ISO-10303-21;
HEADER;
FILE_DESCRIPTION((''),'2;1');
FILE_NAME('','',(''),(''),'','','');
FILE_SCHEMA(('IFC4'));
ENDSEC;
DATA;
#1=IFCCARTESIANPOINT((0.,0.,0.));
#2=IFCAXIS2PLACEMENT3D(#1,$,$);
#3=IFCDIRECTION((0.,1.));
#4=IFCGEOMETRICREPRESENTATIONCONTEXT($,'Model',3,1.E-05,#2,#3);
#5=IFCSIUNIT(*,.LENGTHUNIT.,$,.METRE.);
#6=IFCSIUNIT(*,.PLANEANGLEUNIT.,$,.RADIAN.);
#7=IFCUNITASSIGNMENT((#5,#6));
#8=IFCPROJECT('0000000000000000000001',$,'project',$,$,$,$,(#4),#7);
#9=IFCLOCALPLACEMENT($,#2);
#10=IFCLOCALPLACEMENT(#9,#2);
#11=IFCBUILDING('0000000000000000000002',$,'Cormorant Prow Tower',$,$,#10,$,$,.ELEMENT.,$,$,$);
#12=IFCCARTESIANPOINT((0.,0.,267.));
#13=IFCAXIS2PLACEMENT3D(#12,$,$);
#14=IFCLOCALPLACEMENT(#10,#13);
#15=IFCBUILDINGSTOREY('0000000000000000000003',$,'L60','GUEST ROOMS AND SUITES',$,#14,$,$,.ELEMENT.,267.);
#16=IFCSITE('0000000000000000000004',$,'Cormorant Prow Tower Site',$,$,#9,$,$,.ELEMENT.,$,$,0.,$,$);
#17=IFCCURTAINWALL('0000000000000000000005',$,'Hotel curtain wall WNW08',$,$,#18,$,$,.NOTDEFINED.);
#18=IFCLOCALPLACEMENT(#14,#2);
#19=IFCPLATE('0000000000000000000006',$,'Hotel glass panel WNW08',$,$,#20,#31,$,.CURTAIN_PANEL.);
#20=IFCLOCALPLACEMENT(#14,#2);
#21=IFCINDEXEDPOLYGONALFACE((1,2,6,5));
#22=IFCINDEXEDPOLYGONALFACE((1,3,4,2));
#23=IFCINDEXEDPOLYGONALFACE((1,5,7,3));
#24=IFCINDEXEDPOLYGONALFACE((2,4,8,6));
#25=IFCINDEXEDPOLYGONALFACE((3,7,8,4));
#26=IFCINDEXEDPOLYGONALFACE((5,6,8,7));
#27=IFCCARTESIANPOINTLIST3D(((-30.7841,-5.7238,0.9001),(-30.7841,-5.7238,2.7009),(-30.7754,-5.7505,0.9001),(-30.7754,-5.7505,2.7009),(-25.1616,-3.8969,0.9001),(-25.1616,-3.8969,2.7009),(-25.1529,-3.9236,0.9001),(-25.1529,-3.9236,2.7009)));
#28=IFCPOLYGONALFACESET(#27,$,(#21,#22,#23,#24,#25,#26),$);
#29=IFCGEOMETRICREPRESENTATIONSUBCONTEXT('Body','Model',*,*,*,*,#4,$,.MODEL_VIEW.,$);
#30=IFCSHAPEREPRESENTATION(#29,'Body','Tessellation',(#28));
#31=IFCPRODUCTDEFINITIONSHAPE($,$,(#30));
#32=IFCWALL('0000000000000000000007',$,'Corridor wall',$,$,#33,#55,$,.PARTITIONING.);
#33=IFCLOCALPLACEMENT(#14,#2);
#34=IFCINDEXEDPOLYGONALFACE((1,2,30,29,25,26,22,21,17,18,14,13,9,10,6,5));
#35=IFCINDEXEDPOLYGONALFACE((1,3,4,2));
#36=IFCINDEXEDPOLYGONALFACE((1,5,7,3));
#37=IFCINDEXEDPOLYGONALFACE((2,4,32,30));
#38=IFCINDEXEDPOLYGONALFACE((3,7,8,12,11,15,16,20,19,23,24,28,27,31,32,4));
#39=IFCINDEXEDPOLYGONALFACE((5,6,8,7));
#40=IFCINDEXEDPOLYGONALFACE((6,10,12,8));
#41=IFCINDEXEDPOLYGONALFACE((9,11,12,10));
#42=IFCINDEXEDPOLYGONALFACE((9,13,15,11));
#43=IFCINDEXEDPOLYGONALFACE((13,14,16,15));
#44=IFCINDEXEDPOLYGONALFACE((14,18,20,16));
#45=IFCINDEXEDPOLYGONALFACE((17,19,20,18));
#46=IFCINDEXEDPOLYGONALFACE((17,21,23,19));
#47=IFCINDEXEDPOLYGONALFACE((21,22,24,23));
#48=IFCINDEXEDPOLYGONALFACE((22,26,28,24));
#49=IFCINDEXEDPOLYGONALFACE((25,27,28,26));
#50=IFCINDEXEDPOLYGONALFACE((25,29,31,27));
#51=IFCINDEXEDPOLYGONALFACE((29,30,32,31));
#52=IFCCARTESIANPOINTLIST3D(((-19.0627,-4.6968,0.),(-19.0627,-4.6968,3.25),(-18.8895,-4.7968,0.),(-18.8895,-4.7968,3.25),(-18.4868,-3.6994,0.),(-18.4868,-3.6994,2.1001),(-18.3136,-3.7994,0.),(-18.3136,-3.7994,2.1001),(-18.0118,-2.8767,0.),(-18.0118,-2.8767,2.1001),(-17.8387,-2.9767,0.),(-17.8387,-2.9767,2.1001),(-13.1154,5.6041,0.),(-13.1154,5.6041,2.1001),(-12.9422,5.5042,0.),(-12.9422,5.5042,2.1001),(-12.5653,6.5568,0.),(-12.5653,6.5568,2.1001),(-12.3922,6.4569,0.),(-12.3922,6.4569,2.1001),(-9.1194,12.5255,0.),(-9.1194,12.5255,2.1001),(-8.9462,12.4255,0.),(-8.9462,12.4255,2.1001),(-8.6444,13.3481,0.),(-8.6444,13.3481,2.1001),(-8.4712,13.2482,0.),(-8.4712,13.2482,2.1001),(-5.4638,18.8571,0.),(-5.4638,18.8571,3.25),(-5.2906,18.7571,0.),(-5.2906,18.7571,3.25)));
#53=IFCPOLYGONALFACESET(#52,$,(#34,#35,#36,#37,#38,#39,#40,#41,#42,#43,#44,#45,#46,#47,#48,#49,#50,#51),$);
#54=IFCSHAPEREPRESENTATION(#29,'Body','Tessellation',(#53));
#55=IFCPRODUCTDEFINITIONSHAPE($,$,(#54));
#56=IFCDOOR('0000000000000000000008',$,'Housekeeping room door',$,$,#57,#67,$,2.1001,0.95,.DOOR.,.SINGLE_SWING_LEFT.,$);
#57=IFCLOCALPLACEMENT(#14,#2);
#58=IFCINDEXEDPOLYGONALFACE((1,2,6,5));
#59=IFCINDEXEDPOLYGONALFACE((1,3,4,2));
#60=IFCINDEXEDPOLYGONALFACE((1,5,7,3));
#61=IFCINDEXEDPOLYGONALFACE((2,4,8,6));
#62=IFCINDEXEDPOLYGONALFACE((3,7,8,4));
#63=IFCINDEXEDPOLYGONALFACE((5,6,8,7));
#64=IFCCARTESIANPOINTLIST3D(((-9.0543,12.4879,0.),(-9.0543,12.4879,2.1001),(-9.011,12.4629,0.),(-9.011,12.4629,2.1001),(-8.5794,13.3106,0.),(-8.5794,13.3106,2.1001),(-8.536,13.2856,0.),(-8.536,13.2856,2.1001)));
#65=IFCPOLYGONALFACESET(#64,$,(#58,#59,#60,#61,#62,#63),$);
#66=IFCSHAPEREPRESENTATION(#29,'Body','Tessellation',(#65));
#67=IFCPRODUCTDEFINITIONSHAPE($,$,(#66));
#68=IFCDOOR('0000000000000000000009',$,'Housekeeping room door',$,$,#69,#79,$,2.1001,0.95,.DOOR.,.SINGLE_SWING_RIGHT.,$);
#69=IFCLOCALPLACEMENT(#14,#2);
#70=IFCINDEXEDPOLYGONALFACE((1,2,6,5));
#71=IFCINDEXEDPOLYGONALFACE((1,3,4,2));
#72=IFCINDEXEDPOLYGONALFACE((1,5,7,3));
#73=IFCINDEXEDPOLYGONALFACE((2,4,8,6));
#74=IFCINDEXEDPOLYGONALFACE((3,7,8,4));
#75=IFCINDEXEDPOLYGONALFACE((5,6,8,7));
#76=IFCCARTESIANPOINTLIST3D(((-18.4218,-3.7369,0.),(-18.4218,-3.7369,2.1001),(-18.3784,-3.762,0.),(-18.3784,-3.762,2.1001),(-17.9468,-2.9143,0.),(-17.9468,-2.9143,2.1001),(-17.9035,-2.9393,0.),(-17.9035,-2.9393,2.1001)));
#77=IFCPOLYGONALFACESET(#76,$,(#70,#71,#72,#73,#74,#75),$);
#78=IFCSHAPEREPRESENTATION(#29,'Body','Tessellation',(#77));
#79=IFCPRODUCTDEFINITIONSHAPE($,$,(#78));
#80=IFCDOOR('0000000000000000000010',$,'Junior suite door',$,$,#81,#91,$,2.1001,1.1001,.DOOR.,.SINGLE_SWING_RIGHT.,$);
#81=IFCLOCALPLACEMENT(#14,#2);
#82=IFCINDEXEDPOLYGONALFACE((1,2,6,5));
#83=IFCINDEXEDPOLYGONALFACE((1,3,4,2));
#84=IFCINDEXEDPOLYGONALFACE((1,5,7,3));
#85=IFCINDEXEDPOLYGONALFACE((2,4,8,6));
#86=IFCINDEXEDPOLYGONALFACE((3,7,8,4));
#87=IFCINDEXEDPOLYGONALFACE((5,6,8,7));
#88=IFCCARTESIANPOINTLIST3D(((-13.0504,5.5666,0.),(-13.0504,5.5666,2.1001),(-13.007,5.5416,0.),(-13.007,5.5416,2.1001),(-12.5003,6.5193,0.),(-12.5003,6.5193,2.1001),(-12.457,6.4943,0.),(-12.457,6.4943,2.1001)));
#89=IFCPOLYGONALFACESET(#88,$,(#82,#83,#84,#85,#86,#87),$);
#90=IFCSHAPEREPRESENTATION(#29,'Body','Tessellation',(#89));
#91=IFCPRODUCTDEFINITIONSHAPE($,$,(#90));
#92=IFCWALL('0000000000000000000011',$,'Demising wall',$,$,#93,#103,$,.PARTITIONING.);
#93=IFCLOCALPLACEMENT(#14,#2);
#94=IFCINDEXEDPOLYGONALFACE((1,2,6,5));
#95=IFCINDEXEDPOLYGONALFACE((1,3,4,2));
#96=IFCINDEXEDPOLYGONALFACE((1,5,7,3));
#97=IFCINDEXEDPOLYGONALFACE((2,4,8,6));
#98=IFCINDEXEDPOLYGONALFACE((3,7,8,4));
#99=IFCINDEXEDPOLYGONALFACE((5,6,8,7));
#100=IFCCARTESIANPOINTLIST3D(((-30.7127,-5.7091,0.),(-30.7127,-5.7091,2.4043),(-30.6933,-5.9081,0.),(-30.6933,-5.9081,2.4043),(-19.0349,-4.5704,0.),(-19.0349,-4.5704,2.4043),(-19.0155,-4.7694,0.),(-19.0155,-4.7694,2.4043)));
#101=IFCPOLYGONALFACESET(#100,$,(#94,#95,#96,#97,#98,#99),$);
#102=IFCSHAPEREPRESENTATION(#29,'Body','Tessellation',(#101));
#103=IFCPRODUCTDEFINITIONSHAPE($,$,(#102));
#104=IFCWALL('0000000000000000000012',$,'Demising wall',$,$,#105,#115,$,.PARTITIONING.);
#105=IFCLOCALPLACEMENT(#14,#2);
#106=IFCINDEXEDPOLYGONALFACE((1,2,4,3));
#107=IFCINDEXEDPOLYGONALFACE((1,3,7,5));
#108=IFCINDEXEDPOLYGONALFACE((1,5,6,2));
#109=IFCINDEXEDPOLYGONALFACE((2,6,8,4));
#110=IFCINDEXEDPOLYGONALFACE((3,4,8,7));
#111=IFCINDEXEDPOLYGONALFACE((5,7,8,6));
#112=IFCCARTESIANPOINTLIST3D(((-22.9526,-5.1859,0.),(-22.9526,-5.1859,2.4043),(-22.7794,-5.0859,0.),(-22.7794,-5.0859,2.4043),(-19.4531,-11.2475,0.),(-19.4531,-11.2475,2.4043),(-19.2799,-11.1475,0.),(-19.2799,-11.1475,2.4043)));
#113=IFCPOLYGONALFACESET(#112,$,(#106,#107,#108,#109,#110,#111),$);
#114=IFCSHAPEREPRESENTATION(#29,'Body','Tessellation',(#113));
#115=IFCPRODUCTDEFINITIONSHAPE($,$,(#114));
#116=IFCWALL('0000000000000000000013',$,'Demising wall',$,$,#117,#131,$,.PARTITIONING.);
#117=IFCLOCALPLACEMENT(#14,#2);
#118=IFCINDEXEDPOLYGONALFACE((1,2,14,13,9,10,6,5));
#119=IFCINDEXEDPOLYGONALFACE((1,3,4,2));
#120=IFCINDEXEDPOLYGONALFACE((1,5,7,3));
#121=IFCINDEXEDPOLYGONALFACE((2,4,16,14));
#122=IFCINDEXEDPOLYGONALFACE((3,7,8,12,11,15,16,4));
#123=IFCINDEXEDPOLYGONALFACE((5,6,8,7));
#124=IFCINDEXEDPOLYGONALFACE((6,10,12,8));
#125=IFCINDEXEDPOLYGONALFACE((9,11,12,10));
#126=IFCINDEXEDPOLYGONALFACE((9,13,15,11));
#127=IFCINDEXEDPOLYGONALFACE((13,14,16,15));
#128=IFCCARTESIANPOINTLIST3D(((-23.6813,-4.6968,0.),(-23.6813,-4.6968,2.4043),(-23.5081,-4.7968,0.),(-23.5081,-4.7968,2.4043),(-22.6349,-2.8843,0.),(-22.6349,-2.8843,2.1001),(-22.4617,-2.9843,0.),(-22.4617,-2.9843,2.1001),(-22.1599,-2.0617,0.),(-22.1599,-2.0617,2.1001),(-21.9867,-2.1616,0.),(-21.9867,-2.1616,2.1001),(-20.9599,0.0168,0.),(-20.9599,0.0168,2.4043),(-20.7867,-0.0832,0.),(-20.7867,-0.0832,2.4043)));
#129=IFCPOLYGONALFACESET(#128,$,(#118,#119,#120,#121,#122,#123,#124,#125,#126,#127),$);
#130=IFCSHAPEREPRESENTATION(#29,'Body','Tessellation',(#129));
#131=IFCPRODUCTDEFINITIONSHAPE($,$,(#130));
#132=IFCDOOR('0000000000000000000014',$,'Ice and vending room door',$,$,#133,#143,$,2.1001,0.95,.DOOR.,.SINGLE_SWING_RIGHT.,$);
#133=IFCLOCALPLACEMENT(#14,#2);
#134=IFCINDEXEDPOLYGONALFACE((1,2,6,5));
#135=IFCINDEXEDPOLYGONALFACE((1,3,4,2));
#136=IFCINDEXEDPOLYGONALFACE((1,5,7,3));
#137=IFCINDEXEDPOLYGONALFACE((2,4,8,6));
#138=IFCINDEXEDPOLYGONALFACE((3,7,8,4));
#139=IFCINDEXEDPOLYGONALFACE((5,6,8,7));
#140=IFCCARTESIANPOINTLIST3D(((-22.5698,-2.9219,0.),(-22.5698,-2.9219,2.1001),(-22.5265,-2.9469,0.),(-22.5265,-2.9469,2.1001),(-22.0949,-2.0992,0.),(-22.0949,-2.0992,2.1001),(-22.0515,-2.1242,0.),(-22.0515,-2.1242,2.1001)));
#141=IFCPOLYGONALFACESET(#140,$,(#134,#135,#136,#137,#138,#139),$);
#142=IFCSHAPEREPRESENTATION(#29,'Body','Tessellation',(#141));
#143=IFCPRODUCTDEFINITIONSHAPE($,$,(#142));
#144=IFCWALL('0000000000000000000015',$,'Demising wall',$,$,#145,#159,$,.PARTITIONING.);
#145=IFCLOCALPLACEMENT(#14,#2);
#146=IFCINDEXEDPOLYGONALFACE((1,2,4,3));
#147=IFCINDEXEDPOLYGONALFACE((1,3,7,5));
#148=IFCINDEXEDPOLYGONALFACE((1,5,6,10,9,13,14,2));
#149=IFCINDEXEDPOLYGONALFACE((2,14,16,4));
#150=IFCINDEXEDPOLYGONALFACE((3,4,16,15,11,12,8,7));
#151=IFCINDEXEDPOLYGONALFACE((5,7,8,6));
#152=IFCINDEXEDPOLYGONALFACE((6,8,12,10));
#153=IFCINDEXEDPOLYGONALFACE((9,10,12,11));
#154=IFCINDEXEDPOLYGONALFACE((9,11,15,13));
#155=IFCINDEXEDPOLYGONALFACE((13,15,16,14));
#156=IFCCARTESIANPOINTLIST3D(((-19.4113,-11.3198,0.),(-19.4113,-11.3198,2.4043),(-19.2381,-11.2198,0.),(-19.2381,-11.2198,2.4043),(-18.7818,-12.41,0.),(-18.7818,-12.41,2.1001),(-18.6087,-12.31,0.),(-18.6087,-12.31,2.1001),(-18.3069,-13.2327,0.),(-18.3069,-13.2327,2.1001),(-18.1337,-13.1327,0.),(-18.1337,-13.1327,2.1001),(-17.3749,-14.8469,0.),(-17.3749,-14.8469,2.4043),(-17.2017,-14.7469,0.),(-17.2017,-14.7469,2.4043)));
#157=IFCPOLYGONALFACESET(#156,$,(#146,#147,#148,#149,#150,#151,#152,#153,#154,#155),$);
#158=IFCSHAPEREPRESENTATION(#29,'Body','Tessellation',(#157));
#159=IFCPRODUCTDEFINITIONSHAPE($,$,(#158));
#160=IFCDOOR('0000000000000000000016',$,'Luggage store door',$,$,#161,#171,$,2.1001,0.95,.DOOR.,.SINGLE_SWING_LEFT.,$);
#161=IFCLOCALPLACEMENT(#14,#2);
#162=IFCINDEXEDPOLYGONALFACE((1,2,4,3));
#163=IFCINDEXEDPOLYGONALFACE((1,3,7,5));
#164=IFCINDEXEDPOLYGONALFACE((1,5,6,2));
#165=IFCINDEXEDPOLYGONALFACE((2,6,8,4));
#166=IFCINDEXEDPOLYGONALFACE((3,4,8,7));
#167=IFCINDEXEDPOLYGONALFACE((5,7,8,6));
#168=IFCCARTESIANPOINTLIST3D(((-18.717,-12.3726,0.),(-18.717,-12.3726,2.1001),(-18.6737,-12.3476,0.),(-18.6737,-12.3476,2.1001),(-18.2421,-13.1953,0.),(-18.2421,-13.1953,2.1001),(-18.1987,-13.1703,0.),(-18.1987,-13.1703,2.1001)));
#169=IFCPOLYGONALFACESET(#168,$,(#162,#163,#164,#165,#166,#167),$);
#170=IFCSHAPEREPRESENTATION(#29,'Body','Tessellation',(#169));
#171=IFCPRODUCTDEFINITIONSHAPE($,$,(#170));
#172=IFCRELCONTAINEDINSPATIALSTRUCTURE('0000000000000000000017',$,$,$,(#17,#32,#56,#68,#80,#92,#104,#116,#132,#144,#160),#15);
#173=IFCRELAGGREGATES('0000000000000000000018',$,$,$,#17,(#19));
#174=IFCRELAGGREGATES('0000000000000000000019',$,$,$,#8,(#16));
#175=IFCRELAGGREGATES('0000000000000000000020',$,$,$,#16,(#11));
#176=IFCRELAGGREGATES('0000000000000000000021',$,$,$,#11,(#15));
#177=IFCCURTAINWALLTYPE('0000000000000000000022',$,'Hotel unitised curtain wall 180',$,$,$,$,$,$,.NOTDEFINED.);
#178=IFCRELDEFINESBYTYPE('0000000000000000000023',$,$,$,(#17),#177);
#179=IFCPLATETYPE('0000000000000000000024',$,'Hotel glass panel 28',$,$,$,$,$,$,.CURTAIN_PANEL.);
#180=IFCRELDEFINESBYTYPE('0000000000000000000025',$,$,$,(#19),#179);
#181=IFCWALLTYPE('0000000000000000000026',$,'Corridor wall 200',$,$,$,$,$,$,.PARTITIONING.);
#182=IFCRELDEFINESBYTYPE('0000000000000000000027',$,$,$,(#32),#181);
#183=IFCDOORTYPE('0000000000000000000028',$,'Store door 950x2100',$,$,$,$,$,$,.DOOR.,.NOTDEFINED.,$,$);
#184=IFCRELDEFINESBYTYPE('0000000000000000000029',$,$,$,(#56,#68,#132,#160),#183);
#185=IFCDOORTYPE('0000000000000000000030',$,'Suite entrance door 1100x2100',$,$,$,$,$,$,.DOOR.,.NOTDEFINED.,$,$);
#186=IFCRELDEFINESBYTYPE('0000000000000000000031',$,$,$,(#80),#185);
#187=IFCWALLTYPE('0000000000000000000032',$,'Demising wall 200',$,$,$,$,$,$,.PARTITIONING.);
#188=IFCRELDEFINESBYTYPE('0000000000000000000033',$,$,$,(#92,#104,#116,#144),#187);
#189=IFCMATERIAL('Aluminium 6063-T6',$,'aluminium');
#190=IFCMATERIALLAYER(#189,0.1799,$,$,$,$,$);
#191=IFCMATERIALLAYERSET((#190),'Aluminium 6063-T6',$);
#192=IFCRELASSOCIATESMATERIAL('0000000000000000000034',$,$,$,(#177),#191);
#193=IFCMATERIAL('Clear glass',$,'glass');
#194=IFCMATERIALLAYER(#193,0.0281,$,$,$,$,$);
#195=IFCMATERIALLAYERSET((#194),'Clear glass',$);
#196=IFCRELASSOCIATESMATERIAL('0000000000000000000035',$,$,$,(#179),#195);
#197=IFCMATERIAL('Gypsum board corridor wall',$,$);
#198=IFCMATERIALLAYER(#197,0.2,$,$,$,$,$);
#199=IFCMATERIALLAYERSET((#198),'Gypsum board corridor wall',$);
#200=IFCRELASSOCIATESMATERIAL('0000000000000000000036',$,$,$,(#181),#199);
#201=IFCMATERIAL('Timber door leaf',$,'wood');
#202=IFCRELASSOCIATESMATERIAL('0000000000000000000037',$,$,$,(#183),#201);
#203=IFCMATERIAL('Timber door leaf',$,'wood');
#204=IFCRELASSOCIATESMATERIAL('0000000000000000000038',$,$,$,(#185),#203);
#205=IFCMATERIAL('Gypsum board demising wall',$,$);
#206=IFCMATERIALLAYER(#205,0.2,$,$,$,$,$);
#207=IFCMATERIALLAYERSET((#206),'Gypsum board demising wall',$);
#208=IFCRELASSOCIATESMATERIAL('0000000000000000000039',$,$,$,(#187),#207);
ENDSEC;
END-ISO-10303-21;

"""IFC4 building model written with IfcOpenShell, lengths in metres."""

from ifc_helpers import new_model, si_unit, direction, frame, frame_2d, origin, origin_2d, place, context, subcontext, project, spatial, rectangle, extrude, material, layer, layer_set, type_object, element, fill, aggregate, save


model = new_model("IFC4")

# Units and contexts
model_context = context("Model", 3, precision=1e-05, world=origin(), true_north=direction((0.0, 1.0)))
body_context = subcontext(model_context, "Body", "Model", "MODEL_VIEW")
ifc_project = project(units=[si_unit("LENGTHUNIT", "METRE"), si_unit("PLANEANGLEUNIT", "RADIAN")], contexts=[model_context])

# Site, building, storey
site_placement = place(None, origin())
site = spatial("IfcSite", under=ifc_project, at=site_placement, Name="Cormorant Prow Tower Site", CompositionType="ELEMENT", RefElevation=0.0)
building_placement = place(site_placement, origin())
building = spatial("IfcBuilding", under=site, at=building_placement, Name="Cormorant Prow Tower", CompositionType="ELEMENT")
storey_placement = place(building_placement, frame((0.0, 0.0, 267.0)))
storey = spatial("IfcBuildingStorey", under=building, at=storey_placement, Name="L60", Description="GUEST ROOMS AND SUITES", CompositionType="ELEMENT", Elevation=267.0)

# Curtain wall
ifc_material_1 = material(Name="Aluminium 6063-T6", Category="aluminium")
ifc_layer_1 = layer(ifc_material_1, 0.1799)
ifc_layer_set_1 = layer_set([ifc_layer_1], Name="Aluminium 6063-T6")
curtain_wall_type = type_object("IfcCurtainWallType", Name="Hotel unitised curtain wall 180", PredefinedType="NOTDEFINED", material=ifc_layer_set_1)
curtain_wall_placement = place(storey_placement, origin())
curtain_wall = element("IfcCurtainWall", 1, at=curtain_wall_placement, inside=storey, type_object=curtain_wall_type, Name="Hotel curtain wall WNW08", PredefinedType="NOTDEFINED")

# Plate
ifc_material_2 = material(Name="Clear glass", Category="glass")
ifc_layer_2 = layer(ifc_material_2, 0.0281)
ifc_layer_set_2 = layer_set([ifc_layer_2], Name="Clear glass")
plate_type = type_object("IfcPlateType", Name="Hotel glass panel 28", PredefinedType="CURTAIN_PANEL", material=ifc_layer_set_2)
plate_placement = place(storey_placement, frame((-27.9685, -4.8237, 0.9001), z_axis=(0.0, 0.0, 1.0), x_axis=(-0.951057, -0.309017, 0.0)))
plate = element("IfcPlate", 2, at=plate_placement, type_object=plate_type, Name="Hotel glass panel WNW08", PredefinedType="CURTAIN_PANEL", context=body_context, shape_type="SweptSolid", body=[
    extrude(rectangle(XDim=5.9119, YDim=0.0281, at=origin_2d()), origin(), (0.0, 0.0, 1.0), 1.8008),
])
aggregate(curtain_wall, [plate])

# Wall, openings, doors
ifc_material_3 = material(Name="Gypsum board corridor wall")
ifc_layer_3 = layer(ifc_material_3, 0.2)
ifc_layer_set_3 = layer_set([ifc_layer_3], Name="Gypsum board corridor wall")
wall_type_1 = type_object("IfcWallType", Name="Corridor wall 200", PredefinedType="PARTITIONING", material=ifc_layer_set_3)
wall_1_placement = place(storey_placement, frame((-18.9761, -4.7468, 0.0), z_axis=(0.0, 0.0, 1.0), x_axis=(0.5, 0.866025, 0.0)))
wall_1 = element("IfcWall", 3, at=wall_1_placement, inside=storey, type_object=wall_type_1, Name="Corridor wall", PredefinedType="PARTITIONING", context=body_context, shape_type="SweptSolid", body=[
    extrude(rectangle(XDim=27.1978, YDim=0.2, at=frame_2d((13.5989, 0.0))), origin(), (0.0, 0.0, 1.0), 3.25),
])
opening_1_placement = place(wall_1_placement, frame((19.8865, 0.0, 0.0)))
opening_1 = element("IfcOpeningElement", 4, at=opening_1_placement, cuts=wall_1, PredefinedType="OPENING", context=body_context, shape_type="SweptSolid", body=[
    extrude(rectangle(XDim=0.95, YDim=2.1001, at=frame_2d((0.4751, 1.05))), frame((0.0, 0.1099, 0.0), z_axis=(0.0, -1.0, 0.0), x_axis=(1.0, 0.0, 0.0)), (0.0, 0.0, 1.0), 0.22),
])
opening_2_placement = place(wall_1_placement, frame((11.8945, 0.0, 0.0)))
opening_2 = element("IfcOpeningElement", 5, at=opening_2_placement, cuts=wall_1, PredefinedType="OPENING", context=body_context, shape_type="SweptSolid", body=[
    extrude(rectangle(XDim=1.1001, YDim=2.1001, at=frame_2d((0.55, 1.05))), frame((0.0, 0.1099, 0.0), z_axis=(0.0, -1.0, 0.0), x_axis=(1.0, 0.0, 0.0)), (0.0, 0.0, 1.0), 0.22),
])
opening_3_placement = place(wall_1_placement, frame((1.1516, 0.0, 0.0)))
opening_3 = element("IfcOpeningElement", 6, at=opening_3_placement, cuts=wall_1, PredefinedType="OPENING", context=body_context, shape_type="SweptSolid", body=[
    extrude(rectangle(XDim=0.95, YDim=2.1001, at=frame_2d((0.4751, 1.05))), frame((0.0, 0.1099, 0.0), z_axis=(0.0, -1.0, 0.0), x_axis=(1.0, 0.0, 0.0)), (0.0, 0.0, 1.0), 0.22),
])
ifc_material_4 = material(Name="Timber door leaf", Category="wood")
door_type_1 = type_object("IfcDoorType", Name="Store door 950x2100", OperationType="NOTDEFINED", PredefinedType="DOOR", material=ifc_material_4)
door_1_placement = place(opening_1_placement, origin())
door_1 = element("IfcDoor", 7, at=door_1_placement, inside=storey, type_object=door_type_1, Name="Housekeeping room door", OperationType="SINGLE_SWING_LEFT", OverallHeight=2.1001, OverallWidth=0.95, PredefinedType="DOOR", context=body_context, shape_type="SweptSolid", body=[
    extrude(rectangle(XDim=0.95, YDim=2.1001, at=frame_2d((0.4751, 1.05))), frame((0.0, 0.0249, 0.0), z_axis=(0.0, -1.0, 0.0), x_axis=(1.0, 0.0, 0.0)), (0.0, 0.0, 1.0), 0.05),
])
fill(opening_1, door_1)
door_2_placement = place(opening_3_placement, origin())
door_2 = element("IfcDoor", 8, at=door_2_placement, inside=storey, type_object=door_type_1, Name="Housekeeping room door", OperationType="SINGLE_SWING_RIGHT", OverallHeight=2.1001, OverallWidth=0.95, PredefinedType="DOOR", context=body_context, shape_type="SweptSolid", body=[
    extrude(rectangle(XDim=0.95, YDim=2.1001, at=frame_2d((0.4751, 1.05))), frame((0.0, 0.0249, 0.0), z_axis=(0.0, -1.0, 0.0), x_axis=(1.0, 0.0, 0.0)), (0.0, 0.0, 1.0), 0.05),
])
fill(opening_3, door_2)
ifc_material_5 = material(Name="Timber door leaf", Category="wood")
door_type_2 = type_object("IfcDoorType", Name="Suite entrance door 1100x2100", OperationType="NOTDEFINED", PredefinedType="DOOR", material=ifc_material_5)
door_3_placement = place(opening_2_placement, origin())
door_3 = element("IfcDoor", 9, at=door_3_placement, inside=storey, type_object=door_type_2, Name="Junior suite door", OperationType="SINGLE_SWING_RIGHT", OverallHeight=2.1001, OverallWidth=1.1001, PredefinedType="DOOR", context=body_context, shape_type="SweptSolid", body=[
    extrude(rectangle(XDim=1.1001, YDim=2.1001, at=frame_2d((0.55, 1.05))), frame((0.0, 0.0249, 0.0), z_axis=(0.0, -1.0, 0.0), x_axis=(1.0, 0.0, 0.0)), (0.0, 0.0, 1.0), 0.05),
])
fill(opening_2, door_3)

# Walls
ifc_material_6 = material(Name="Gypsum board demising wall")
ifc_layer_4 = layer(ifc_material_6, 0.2)
ifc_layer_set_4 = layer_set([ifc_layer_4], Name="Gypsum board demising wall")
wall_type_2 = type_object("IfcWallType", Name="Demising wall 200", PredefinedType="PARTITIONING", material=ifc_layer_set_4)
wall_2_placement = place(storey_placement, frame((-30.7031, -5.8086, 0.0), z_axis=(0.0, 0.0, 1.0), x_axis=(0.99528, 0.097048, 0.0)))
element("IfcWall", 10, at=wall_2_placement, inside=storey, type_object=wall_type_2, Name="Demising wall", PredefinedType="PARTITIONING", context=body_context, shape_type="SweptSolid", body=[
    extrude(rectangle(XDim=11.7332, YDim=0.2, at=frame_2d((5.8667, 0.0))), origin(), (0.0, 0.0, 1.0), 2.4043),
])
wall_3_placement = place(storey_placement, frame((-22.866, -5.136, 0.0), z_axis=(0.0, 0.0, 1.0), x_axis=(0.499988, -0.866032, 0.0)))
element("IfcWall", 11, at=wall_3_placement, inside=storey, type_object=wall_type_2, Name="Demising wall", PredefinedType="PARTITIONING", context=body_context, shape_type="SweptSolid", body=[
    extrude(rectangle(XDim=6.9993, YDim=0.2, at=frame_2d((3.4995, 0.0))), origin(), (0.0, 0.0, 1.0), 2.4043),
])

# Walls, openings, doors
wall_4_placement = place(storey_placement, frame((-23.5947, -4.7468, 0.0), z_axis=(0.0, 0.0, 1.0), x_axis=(0.500003, 0.866023, 0.0)))
wall_4 = element("IfcWall", 12, at=wall_4_placement, inside=storey, type_object=wall_type_2, Name="Demising wall", PredefinedType="PARTITIONING", context=body_context, shape_type="SweptSolid", body=[
    extrude(rectangle(XDim=5.4429, YDim=0.2, at=frame_2d((2.7214, 0.0))), origin(), (0.0, 0.0, 1.0), 2.4043),
])
opening_4_placement = place(wall_4_placement, frame((2.0928, 0.0, 0.0)))
opening_4 = element("IfcOpeningElement", 13, at=opening_4_placement, cuts=wall_4, PredefinedType="OPENING", context=body_context, shape_type="SweptSolid", body=[
    extrude(rectangle(XDim=0.95, YDim=2.1001, at=frame_2d((0.4751, 1.05))), frame((0.0, 0.1099, 0.0), z_axis=(0.0, -1.0, 0.0), x_axis=(1.0, 0.0, 0.0)), (0.0, 0.0, 1.0), 0.22),
])
door_4_placement = place(opening_4_placement, origin())
door_4 = element("IfcDoor", 14, at=door_4_placement, inside=storey, type_object=door_type_1, Name="Ice and vending room door", OperationType="SINGLE_SWING_RIGHT", OverallHeight=2.1001, OverallWidth=0.95, PredefinedType="DOOR", context=body_context, shape_type="SweptSolid", body=[
    extrude(rectangle(XDim=0.95, YDim=2.1001, at=frame_2d((0.4751, 1.05))), frame((0.0, 0.0249, 0.0), z_axis=(0.0, -1.0, 0.0), x_axis=(1.0, 0.0, 0.0)), (0.0, 0.0, 1.0), 0.05),
])
fill(opening_4, door_4)
wall_5_placement = place(storey_placement, frame((-19.3247, -11.2698, 0.0), z_axis=(0.0, 0.0, 1.0), x_axis=(0.500001, -0.866025, 0.0)))
wall_5 = element("IfcWall", 15, at=wall_5_placement, inside=storey, type_object=wall_type_2, Name="Demising wall", PredefinedType="PARTITIONING", context=body_context, shape_type="SweptSolid", body=[
    extrude(rectangle(XDim=4.0728, YDim=0.2, at=frame_2d((2.0364, 0.0))), origin(), (0.0, 0.0, 1.0), 2.4043),
])
opening_5_placement = place(wall_5_placement, frame((1.2588, 0.0, 0.0)))
opening_5 = element("IfcOpeningElement", 16, at=opening_5_placement, cuts=wall_5, PredefinedType="OPENING", context=body_context, shape_type="SweptSolid", body=[
    extrude(rectangle(XDim=0.95, YDim=2.1001, at=frame_2d((0.4751, 1.05))), frame((0.0, 0.1099, 0.0), z_axis=(0.0, -1.0, 0.0), x_axis=(1.0, 0.0, 0.0)), (0.0, 0.0, 1.0), 0.22),
])
door_5_placement = place(opening_5_placement, origin())
door_5 = element("IfcDoor", 17, at=door_5_placement, inside=storey, type_object=door_type_1, Name="Luggage store door", OperationType="SINGLE_SWING_LEFT", OverallHeight=2.1001, OverallWidth=0.95, PredefinedType="DOOR", context=body_context, shape_type="SweptSolid", body=[
    extrude(rectangle(XDim=0.95, YDim=2.1001, at=frame_2d((0.4751, 1.05))), frame((0.0, 0.0249, 0.0), z_axis=(0.0, -1.0, 0.0), x_axis=(1.0, 0.0, 0.0)), (0.0, 0.0, 1.0), 0.05),
])
fill(opening_5, door_5)

save(model, "model.ifc")
